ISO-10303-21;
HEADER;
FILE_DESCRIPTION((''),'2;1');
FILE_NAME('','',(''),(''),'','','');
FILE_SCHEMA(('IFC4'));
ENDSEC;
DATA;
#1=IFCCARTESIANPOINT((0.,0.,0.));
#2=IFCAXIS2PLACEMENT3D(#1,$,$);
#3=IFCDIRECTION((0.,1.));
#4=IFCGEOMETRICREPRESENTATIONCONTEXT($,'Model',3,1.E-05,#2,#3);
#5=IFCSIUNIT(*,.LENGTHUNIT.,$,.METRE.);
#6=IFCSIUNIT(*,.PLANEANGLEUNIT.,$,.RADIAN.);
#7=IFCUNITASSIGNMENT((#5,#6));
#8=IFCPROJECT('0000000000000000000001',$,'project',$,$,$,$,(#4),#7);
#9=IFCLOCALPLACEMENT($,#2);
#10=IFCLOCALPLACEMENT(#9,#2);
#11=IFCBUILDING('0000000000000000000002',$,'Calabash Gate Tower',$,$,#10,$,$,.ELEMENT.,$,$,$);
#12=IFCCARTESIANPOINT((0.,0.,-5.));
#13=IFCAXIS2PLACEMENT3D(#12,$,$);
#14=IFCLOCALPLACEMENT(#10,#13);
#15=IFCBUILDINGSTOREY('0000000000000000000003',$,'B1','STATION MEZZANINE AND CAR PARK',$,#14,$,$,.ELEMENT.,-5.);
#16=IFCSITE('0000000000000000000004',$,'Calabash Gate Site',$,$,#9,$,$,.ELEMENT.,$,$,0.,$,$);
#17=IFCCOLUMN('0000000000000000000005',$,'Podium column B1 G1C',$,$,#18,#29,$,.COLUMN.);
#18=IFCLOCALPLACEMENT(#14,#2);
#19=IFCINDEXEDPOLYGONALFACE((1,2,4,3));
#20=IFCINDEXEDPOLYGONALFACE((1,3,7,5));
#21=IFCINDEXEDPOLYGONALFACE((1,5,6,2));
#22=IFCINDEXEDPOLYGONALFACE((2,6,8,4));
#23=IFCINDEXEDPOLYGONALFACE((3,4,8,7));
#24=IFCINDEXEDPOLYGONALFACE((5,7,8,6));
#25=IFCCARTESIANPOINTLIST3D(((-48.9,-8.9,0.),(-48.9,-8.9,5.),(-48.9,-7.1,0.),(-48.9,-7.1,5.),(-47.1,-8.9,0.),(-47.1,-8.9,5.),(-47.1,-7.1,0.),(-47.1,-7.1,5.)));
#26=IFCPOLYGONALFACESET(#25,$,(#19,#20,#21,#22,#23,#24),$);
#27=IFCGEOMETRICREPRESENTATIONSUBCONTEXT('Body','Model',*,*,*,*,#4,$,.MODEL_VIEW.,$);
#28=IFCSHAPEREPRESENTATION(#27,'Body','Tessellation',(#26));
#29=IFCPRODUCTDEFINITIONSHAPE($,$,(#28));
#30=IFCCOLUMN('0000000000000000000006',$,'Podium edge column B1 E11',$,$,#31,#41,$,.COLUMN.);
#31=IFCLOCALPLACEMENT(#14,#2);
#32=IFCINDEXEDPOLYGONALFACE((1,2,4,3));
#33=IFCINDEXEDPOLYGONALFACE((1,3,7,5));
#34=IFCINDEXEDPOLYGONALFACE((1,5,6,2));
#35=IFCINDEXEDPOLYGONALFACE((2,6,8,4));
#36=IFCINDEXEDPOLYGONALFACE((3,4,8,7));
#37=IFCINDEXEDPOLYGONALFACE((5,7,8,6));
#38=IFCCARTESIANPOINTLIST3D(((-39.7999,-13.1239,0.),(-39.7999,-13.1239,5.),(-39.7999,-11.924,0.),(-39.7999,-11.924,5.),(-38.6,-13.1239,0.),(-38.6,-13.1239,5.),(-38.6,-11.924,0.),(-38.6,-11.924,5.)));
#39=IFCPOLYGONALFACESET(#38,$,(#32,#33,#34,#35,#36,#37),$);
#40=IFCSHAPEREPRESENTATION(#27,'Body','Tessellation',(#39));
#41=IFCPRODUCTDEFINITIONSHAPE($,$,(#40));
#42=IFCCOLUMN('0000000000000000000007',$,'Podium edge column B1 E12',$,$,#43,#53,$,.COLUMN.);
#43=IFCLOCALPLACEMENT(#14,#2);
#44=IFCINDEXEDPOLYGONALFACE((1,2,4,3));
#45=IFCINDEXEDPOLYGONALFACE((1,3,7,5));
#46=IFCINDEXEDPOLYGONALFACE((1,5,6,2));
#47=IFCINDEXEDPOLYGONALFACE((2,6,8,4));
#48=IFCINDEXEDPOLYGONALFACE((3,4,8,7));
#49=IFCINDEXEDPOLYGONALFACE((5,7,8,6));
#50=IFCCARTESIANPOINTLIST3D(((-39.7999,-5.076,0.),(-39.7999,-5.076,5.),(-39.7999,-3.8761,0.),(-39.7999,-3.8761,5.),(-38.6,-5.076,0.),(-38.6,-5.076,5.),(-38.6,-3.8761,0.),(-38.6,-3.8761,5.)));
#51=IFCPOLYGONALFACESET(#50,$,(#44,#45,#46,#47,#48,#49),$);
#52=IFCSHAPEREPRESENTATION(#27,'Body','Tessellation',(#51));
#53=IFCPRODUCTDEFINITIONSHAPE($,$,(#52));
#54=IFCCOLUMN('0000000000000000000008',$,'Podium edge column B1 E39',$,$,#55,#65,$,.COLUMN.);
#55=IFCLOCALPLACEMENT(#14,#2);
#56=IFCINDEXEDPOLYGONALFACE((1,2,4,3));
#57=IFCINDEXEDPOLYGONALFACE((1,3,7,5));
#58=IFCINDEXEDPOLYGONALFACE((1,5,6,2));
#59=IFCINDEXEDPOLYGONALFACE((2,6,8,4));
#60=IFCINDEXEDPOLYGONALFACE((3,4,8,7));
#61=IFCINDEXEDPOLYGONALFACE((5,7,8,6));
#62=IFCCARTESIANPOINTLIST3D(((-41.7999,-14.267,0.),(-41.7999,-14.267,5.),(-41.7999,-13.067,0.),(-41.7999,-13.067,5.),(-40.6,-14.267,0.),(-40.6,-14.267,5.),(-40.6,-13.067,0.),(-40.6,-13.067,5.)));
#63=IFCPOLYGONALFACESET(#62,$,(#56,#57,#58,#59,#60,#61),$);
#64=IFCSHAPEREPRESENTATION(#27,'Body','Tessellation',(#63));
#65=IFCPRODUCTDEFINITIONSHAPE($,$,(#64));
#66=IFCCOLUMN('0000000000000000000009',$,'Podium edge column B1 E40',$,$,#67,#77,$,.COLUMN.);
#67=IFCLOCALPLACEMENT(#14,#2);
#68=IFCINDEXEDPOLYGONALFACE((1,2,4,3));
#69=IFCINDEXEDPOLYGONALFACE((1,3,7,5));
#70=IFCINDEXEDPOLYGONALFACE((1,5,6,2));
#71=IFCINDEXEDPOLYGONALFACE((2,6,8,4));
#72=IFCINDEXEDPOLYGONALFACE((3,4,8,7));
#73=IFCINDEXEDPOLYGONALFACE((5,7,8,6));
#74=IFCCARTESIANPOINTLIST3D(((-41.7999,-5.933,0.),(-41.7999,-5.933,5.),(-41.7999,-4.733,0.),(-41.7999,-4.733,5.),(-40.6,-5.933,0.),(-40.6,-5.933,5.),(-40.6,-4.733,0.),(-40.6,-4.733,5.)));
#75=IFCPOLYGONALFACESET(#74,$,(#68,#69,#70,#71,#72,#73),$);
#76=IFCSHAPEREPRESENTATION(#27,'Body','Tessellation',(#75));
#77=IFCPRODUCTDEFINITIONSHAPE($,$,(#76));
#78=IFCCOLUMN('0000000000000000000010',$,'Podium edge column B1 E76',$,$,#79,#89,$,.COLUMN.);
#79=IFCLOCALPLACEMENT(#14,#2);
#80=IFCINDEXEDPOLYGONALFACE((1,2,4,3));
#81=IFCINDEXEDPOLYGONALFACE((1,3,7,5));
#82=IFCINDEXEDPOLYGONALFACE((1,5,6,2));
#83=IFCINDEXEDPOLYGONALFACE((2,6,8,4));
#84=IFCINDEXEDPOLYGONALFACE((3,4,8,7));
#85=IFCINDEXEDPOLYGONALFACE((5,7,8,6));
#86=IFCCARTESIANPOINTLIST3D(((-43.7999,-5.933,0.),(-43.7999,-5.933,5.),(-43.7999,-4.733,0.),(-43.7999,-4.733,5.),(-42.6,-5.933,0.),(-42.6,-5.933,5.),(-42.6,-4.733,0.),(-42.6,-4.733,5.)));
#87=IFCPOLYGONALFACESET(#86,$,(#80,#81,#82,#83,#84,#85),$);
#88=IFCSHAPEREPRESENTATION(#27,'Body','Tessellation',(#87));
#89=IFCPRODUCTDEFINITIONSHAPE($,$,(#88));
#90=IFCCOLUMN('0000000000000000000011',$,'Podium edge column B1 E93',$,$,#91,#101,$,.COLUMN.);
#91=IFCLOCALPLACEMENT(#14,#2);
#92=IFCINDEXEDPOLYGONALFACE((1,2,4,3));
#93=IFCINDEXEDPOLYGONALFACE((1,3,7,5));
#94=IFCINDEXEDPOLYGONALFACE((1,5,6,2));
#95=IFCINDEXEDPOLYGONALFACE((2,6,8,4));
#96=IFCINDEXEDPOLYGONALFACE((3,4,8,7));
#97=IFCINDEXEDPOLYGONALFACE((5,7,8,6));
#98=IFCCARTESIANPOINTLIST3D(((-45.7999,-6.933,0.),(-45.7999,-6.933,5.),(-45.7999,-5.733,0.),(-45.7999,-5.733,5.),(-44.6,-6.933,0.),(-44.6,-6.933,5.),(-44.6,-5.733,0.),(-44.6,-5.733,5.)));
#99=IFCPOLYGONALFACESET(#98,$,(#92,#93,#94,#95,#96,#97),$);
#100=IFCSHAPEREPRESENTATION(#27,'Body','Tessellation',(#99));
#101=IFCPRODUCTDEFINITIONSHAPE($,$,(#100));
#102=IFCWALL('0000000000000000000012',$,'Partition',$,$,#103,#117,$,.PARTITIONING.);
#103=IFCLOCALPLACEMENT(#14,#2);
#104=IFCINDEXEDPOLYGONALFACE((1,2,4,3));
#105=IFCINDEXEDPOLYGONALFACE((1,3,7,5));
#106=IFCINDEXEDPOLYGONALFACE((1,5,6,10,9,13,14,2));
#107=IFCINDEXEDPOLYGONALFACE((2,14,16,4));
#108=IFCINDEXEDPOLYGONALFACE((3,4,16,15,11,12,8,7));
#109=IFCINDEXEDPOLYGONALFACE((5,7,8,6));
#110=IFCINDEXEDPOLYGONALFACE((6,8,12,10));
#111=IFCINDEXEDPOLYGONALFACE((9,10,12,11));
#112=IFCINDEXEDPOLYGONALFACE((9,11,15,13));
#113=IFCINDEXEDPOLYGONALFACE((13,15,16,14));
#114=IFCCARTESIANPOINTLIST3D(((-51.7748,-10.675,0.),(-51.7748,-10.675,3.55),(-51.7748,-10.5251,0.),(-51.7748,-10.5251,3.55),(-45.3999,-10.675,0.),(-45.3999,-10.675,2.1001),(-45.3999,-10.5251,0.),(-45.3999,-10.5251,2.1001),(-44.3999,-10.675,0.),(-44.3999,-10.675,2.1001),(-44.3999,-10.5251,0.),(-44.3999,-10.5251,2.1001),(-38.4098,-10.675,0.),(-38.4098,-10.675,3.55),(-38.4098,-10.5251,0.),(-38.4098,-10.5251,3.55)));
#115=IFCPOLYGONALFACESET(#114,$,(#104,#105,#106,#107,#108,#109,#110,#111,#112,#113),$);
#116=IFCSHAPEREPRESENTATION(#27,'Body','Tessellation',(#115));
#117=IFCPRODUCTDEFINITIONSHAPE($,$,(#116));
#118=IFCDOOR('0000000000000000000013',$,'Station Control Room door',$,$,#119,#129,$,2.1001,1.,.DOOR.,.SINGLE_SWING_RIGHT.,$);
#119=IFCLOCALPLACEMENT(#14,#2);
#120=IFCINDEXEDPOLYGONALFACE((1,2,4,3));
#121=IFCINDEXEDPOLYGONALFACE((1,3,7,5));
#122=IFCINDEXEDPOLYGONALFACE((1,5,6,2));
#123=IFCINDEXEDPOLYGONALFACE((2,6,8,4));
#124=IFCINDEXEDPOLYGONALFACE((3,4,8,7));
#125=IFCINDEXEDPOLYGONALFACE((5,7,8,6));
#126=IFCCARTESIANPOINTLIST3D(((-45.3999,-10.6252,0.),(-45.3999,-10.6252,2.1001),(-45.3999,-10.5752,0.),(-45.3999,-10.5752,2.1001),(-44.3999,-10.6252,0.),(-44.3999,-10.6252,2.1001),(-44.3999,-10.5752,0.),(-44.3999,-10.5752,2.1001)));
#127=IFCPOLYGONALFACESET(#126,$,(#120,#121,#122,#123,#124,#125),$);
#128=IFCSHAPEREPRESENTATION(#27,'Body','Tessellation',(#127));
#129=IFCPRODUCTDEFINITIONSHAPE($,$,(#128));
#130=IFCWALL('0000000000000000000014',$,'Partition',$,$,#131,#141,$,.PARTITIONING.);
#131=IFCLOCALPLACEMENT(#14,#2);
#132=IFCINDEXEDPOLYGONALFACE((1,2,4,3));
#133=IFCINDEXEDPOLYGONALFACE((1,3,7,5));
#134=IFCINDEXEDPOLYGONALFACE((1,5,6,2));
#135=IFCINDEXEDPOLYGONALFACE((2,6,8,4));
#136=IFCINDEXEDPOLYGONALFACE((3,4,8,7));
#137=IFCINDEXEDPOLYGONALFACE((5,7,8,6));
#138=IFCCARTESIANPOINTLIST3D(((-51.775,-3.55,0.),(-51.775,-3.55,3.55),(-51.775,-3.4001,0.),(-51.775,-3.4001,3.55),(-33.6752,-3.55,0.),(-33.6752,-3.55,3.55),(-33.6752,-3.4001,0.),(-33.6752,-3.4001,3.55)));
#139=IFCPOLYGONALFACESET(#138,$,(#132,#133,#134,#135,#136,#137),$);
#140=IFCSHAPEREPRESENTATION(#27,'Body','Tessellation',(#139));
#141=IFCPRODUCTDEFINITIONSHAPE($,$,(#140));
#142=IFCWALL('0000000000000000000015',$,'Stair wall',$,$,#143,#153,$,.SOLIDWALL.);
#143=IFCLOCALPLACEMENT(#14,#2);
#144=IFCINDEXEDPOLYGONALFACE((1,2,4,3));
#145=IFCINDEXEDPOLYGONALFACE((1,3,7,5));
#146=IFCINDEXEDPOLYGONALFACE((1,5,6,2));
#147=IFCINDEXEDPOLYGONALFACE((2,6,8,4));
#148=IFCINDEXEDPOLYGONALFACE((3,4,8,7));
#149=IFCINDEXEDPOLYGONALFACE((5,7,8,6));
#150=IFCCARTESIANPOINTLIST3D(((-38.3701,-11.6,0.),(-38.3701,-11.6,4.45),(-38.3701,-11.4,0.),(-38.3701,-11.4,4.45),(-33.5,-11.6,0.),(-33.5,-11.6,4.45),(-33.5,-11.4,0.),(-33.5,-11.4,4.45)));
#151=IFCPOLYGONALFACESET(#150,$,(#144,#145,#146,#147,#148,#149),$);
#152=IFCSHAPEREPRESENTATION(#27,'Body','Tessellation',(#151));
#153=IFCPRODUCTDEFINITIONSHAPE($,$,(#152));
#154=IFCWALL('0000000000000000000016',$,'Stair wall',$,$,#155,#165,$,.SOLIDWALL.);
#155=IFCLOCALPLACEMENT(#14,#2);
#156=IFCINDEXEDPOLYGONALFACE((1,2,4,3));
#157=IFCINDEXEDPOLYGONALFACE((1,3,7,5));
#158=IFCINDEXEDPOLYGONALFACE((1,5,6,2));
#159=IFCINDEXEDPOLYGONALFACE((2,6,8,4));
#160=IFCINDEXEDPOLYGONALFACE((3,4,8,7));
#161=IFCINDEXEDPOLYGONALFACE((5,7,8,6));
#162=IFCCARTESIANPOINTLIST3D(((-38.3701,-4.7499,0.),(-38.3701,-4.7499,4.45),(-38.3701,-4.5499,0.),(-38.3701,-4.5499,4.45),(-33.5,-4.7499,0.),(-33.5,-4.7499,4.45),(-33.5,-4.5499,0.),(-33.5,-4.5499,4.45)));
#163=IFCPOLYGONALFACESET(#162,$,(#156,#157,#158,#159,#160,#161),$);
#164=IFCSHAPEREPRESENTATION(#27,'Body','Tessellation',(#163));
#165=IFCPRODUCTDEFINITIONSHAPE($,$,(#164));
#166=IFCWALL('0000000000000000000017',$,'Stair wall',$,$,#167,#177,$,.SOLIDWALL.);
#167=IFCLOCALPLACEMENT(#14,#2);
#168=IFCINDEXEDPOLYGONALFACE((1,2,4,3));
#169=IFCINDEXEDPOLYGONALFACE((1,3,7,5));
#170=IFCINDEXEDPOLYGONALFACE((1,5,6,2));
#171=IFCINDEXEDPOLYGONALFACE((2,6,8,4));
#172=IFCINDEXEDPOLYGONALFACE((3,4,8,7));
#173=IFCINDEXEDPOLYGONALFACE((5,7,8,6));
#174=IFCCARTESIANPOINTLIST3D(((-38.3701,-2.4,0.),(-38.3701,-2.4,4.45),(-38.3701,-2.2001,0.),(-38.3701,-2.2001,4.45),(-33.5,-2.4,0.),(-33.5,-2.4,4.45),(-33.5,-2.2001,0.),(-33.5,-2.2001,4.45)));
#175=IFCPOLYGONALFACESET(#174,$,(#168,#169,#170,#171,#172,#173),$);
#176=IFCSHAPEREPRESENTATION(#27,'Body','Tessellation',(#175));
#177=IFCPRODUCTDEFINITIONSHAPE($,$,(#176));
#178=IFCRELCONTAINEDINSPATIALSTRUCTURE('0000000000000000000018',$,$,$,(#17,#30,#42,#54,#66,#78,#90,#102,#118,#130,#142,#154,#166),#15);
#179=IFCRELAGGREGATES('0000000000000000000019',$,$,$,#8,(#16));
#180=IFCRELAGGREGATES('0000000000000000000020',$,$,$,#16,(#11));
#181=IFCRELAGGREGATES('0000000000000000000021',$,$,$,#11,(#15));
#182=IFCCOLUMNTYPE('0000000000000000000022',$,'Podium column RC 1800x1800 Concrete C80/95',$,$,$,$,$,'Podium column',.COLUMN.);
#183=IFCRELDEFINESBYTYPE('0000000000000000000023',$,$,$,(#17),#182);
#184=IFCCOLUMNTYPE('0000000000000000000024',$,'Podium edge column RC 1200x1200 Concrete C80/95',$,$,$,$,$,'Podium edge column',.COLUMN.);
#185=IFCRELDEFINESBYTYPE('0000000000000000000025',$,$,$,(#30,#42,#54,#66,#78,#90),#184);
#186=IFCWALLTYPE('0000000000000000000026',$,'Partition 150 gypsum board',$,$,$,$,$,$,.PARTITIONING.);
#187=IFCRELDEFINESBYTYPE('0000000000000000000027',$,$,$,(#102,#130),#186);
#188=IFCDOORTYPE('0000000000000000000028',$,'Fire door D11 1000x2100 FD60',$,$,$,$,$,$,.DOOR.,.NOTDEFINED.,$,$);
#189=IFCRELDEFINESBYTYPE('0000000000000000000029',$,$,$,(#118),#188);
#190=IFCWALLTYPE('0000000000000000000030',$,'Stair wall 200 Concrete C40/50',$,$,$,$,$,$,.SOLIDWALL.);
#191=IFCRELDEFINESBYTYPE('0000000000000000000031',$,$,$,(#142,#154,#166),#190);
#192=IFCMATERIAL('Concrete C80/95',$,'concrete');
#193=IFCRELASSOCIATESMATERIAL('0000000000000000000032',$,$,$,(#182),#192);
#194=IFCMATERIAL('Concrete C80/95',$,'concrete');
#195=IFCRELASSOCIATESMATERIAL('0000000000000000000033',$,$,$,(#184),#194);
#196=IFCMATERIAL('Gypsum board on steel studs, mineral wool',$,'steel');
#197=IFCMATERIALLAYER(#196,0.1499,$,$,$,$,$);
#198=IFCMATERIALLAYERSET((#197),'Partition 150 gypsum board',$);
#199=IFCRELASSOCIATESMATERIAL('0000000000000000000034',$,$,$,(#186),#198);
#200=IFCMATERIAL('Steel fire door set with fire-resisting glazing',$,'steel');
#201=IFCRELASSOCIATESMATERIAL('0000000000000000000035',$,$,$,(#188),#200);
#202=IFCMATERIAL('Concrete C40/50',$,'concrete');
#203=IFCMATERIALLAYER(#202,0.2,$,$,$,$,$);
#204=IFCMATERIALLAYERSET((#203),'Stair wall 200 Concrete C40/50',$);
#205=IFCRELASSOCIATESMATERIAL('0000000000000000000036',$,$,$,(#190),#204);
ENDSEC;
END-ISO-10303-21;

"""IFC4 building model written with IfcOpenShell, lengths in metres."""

from ifc_helpers import new_model, si_unit, direction, frame, frame_2d, origin, origin_2d, place, context, subcontext, project, spatial, rectangle, extrude, material, layer, layer_set, material_profile, profile_set, type_object, element, fill, save


model = new_model("IFC4")

# Units and contexts
model_context = context("Model", 3, precision=1e-05, world=origin(), true_north=direction((0.0, 1.0)))
body_context = subcontext(model_context, "Body", "Model", "MODEL_VIEW")
ifc_project = project(units=[si_unit("LENGTHUNIT", "METRE"), si_unit("PLANEANGLEUNIT", "RADIAN")], contexts=[model_context])

# Site, building, storey
site_placement = place(None, origin())
site = spatial("IfcSite", under=ifc_project, at=site_placement, Name="Calabash Gate Site", CompositionType="ELEMENT", RefElevation=0.0)
building_placement = place(site_placement, origin())
building = spatial("IfcBuilding", under=site, at=building_placement, Name="Calabash Gate Tower", CompositionType="ELEMENT")
storey_placement = place(building_placement, frame((0.0, 0.0, -5.0)))
storey = spatial("IfcBuildingStorey", under=building, at=storey_placement, Name="B1", Description="STATION MEZZANINE AND CAR PARK", CompositionType="ELEMENT", Elevation=-5.0)

# Columns
ifc_material_1 = material(Name="Concrete C80/95", Category="concrete")
ifc_material_profile_1 = material_profile(ifc_material_1, rectangle(XDim=1.8, YDim=1.8, at=origin_2d()))
ifc_profile_set_1 = profile_set([ifc_material_profile_1], Name="Concrete C80/95")
column_type_1 = type_object("IfcColumnType", Name="Podium column RC 1800x1800 Concrete C80/95", ElementType="Podium column", PredefinedType="COLUMN", material=ifc_profile_set_1)
column_placement = place(storey_placement, frame((-48.0, -8.0, 0.0), z_axis=(0.0, 0.0, 1.0), x_axis=(1.0, 0.0, 0.0)))
element("IfcColumn", 1, at=column_placement, inside=storey, type_object=column_type_1, Name="Podium column B1 G1C", PredefinedType="COLUMN", context=body_context, shape_type="SweptSolid", body=[
    extrude(rectangle(XDim=1.8, YDim=1.8, at=origin_2d()), origin(), (0.0, 0.0, 1.0), 5.0),
])
ifc_material_2 = material(Name="Concrete C80/95", Category="concrete")
ifc_material_profile_2 = material_profile(ifc_material_2, rectangle(XDim=1.2, YDim=1.2, at=origin_2d()))
ifc_profile_set_2 = profile_set([ifc_material_profile_2], Name="Concrete C80/95")
column_type_2 = type_object("IfcColumnType", Name="Podium edge column RC 1200x1200 Concrete C80/95", ElementType="Podium edge column", PredefinedType="COLUMN", material=ifc_profile_set_2)
for number, where, z_axis, x_axis, name in (
    (2, (-39.2, -12.5239, 0.0), (0.0, 0.0, 1.0), (1.0, 0.0, 0.0), "Podium edge column B1 E11"),
    (3, (-39.2, -4.4761, 0.0), (0.0, 0.0, 1.0), (1.0, 0.0, 0.0), "Podium edge column B1 E12"),
    (4, (-41.2, -13.667, 0.0), (0.0, 0.0, 1.0), (1.0, 0.0, 0.0), "Podium edge column B1 E39"),
    (5, (-41.2, -5.333, 0.0), (0.0, 0.0, 1.0), (1.0, 0.0, 0.0), "Podium edge column B1 E40"),
    (6, (-43.2, -5.333, 0.0), (0.0, 0.0, 1.0), (1.0, 0.0, 0.0), "Podium edge column B1 E76"),
    (7, (-45.2, -6.333, 0.0), (0.0, 0.0, 1.0), (1.0, 0.0, 0.0), "Podium edge column B1 E93"),
):
    element("IfcColumn", number, at=place(storey_placement, frame(where, z_axis=z_axis, x_axis=x_axis)), inside=storey, type_object=column_type_2, Name=name, PredefinedType="COLUMN", context=body_context, shape_type="SweptSolid", body=[
        extrude(rectangle(XDim=1.2, YDim=1.2, at=origin_2d()), origin(), (0.0, 0.0, 1.0), 5.0),
    ])

# Wall, opening, door
ifc_material_3 = material(Name="Gypsum board on steel studs, mineral wool", Category="steel")
ifc_layer_1 = layer(ifc_material_3, 0.1499)
ifc_layer_set_1 = layer_set([ifc_layer_1], Name="Partition 150 gypsum board")
wall_type_1 = type_object("IfcWallType", Name="Partition 150 gypsum board", PredefinedType="PARTITIONING", material=ifc_layer_set_1)
wall_1_placement = place(storey_placement, frame((-51.7749, -10.6001, 0.0), z_axis=(0.0, 0.0, 1.0), x_axis=(1.0, 0.0, 0.0)))
wall_1 = element("IfcWall", 8, at=wall_1_placement, inside=storey, type_object=wall_type_1, Name="Partition", PredefinedType="PARTITIONING", context=body_context, shape_type="SweptSolid", body=[
    extrude(rectangle(XDim=13.365, YDim=0.1499, at=frame_2d((6.6826, 0.0))), origin(), (0.0, 0.0, 1.0), 3.55),
])
opening_1_placement = place(wall_1_placement, frame((6.375, 0.0, 0.0)))
opening_1 = element("IfcOpeningElement", 9, at=opening_1_placement, cuts=wall_1, PredefinedType="OPENING", context=body_context, shape_type="SweptSolid", body=[
    extrude(rectangle(XDim=1.0, YDim=2.1001, at=frame_2d((0.5, 1.05))), frame((0.0, 0.085, 0.0), z_axis=(0.0, -1.0, 0.0), x_axis=(1.0, 0.0, 0.0)), (0.0, 0.0, 1.0), 0.1699),
])
ifc_material_4 = material(Name="Steel fire door set with fire-resisting glazing", Category="steel")
door_type_1 = type_object("IfcDoorType", Name="Fire door D11 1000x2100 FD60", OperationType="NOTDEFINED", PredefinedType="DOOR", material=ifc_material_4)
door_1_placement = place(opening_1_placement, origin())
door_1 = element("IfcDoor", 10, at=door_1_placement, inside=storey, type_object=door_type_1, Name="Station Control Room door", OperationType="SINGLE_SWING_RIGHT", OverallHeight=2.1001, OverallWidth=1.0, PredefinedType="DOOR", context=body_context, shape_type="SweptSolid", body=[
    extrude(rectangle(XDim=1.0, YDim=2.1001, at=frame_2d((0.5, 1.05))), frame((0.0, 0.0249, 0.0), z_axis=(0.0, -1.0, 0.0), x_axis=(1.0, 0.0, 0.0)), (0.0, 0.0, 1.0), 0.05),
])
fill(opening_1, door_1)

# Walls
wall_2_placement = place(storey_placement, frame((-51.7749, -3.4751, 0.0), z_axis=(0.0, 0.0, 1.0), x_axis=(1.0, 0.0, 0.0)))
element("IfcWall", 11, at=wall_2_placement, inside=storey, type_object=wall_type_1, Name="Partition", PredefinedType="PARTITIONING", context=body_context, shape_type="SweptSolid", body=[
    extrude(rectangle(XDim=18.0999, YDim=0.1499, at=frame_2d((9.0498, 0.0))), origin(), (0.0, 0.0, 1.0), 3.55),
])
ifc_material_5 = material(Name="Concrete C40/50", Category="concrete")
ifc_layer_2 = layer(ifc_material_5, 0.2)
ifc_layer_set_2 = layer_set([ifc_layer_2], Name="Stair wall 200 Concrete C40/50")
wall_type_2 = type_object("IfcWallType", Name="Stair wall 200 Concrete C40/50", PredefinedType="SOLIDWALL", material=ifc_layer_set_2)
for number, where, z_axis, x_axis, name in (
    (12, (-38.3701, -11.5, 0.0), (0.0, 0.0, 1.0), (1.0, 0.0, 0.0), "Stair wall"),
    (13, (-38.3701, -4.6499, 0.0), (0.0, 0.0, 1.0), (1.0, 0.0, 0.0), "Stair wall"),
):
    element("IfcWall", number, at=place(storey_placement, frame(where, z_axis=z_axis, x_axis=x_axis)), inside=storey, type_object=wall_type_2, Name=name, PredefinedType="SOLIDWALL", context=body_context, shape_type="SweptSolid", body=[
        extrude(rectangle(XDim=4.8701, YDim=0.2, at=frame_2d((2.4351, 0.0))), origin(), (0.0, 0.0, 1.0), 4.45),
    ])

# Wall
wall_3_placement = place(storey_placement, frame((-38.3701, -2.3, 0.0), z_axis=(0.0, 0.0, 1.0), x_axis=(1.0, 0.0, 0.0)))
element("IfcWall", 14, at=wall_3_placement, inside=storey, type_object=wall_type_2, Name="Stair wall", PredefinedType="SOLIDWALL", context=body_context, shape_type="SweptSolid", body=[
    extrude(rectangle(XDim=4.8701, YDim=0.2, at=frame_2d((2.4351, 0.0))), origin(), (0.0, 0.0, 1.0), 4.45),
])

save(model, "model.ifc")
